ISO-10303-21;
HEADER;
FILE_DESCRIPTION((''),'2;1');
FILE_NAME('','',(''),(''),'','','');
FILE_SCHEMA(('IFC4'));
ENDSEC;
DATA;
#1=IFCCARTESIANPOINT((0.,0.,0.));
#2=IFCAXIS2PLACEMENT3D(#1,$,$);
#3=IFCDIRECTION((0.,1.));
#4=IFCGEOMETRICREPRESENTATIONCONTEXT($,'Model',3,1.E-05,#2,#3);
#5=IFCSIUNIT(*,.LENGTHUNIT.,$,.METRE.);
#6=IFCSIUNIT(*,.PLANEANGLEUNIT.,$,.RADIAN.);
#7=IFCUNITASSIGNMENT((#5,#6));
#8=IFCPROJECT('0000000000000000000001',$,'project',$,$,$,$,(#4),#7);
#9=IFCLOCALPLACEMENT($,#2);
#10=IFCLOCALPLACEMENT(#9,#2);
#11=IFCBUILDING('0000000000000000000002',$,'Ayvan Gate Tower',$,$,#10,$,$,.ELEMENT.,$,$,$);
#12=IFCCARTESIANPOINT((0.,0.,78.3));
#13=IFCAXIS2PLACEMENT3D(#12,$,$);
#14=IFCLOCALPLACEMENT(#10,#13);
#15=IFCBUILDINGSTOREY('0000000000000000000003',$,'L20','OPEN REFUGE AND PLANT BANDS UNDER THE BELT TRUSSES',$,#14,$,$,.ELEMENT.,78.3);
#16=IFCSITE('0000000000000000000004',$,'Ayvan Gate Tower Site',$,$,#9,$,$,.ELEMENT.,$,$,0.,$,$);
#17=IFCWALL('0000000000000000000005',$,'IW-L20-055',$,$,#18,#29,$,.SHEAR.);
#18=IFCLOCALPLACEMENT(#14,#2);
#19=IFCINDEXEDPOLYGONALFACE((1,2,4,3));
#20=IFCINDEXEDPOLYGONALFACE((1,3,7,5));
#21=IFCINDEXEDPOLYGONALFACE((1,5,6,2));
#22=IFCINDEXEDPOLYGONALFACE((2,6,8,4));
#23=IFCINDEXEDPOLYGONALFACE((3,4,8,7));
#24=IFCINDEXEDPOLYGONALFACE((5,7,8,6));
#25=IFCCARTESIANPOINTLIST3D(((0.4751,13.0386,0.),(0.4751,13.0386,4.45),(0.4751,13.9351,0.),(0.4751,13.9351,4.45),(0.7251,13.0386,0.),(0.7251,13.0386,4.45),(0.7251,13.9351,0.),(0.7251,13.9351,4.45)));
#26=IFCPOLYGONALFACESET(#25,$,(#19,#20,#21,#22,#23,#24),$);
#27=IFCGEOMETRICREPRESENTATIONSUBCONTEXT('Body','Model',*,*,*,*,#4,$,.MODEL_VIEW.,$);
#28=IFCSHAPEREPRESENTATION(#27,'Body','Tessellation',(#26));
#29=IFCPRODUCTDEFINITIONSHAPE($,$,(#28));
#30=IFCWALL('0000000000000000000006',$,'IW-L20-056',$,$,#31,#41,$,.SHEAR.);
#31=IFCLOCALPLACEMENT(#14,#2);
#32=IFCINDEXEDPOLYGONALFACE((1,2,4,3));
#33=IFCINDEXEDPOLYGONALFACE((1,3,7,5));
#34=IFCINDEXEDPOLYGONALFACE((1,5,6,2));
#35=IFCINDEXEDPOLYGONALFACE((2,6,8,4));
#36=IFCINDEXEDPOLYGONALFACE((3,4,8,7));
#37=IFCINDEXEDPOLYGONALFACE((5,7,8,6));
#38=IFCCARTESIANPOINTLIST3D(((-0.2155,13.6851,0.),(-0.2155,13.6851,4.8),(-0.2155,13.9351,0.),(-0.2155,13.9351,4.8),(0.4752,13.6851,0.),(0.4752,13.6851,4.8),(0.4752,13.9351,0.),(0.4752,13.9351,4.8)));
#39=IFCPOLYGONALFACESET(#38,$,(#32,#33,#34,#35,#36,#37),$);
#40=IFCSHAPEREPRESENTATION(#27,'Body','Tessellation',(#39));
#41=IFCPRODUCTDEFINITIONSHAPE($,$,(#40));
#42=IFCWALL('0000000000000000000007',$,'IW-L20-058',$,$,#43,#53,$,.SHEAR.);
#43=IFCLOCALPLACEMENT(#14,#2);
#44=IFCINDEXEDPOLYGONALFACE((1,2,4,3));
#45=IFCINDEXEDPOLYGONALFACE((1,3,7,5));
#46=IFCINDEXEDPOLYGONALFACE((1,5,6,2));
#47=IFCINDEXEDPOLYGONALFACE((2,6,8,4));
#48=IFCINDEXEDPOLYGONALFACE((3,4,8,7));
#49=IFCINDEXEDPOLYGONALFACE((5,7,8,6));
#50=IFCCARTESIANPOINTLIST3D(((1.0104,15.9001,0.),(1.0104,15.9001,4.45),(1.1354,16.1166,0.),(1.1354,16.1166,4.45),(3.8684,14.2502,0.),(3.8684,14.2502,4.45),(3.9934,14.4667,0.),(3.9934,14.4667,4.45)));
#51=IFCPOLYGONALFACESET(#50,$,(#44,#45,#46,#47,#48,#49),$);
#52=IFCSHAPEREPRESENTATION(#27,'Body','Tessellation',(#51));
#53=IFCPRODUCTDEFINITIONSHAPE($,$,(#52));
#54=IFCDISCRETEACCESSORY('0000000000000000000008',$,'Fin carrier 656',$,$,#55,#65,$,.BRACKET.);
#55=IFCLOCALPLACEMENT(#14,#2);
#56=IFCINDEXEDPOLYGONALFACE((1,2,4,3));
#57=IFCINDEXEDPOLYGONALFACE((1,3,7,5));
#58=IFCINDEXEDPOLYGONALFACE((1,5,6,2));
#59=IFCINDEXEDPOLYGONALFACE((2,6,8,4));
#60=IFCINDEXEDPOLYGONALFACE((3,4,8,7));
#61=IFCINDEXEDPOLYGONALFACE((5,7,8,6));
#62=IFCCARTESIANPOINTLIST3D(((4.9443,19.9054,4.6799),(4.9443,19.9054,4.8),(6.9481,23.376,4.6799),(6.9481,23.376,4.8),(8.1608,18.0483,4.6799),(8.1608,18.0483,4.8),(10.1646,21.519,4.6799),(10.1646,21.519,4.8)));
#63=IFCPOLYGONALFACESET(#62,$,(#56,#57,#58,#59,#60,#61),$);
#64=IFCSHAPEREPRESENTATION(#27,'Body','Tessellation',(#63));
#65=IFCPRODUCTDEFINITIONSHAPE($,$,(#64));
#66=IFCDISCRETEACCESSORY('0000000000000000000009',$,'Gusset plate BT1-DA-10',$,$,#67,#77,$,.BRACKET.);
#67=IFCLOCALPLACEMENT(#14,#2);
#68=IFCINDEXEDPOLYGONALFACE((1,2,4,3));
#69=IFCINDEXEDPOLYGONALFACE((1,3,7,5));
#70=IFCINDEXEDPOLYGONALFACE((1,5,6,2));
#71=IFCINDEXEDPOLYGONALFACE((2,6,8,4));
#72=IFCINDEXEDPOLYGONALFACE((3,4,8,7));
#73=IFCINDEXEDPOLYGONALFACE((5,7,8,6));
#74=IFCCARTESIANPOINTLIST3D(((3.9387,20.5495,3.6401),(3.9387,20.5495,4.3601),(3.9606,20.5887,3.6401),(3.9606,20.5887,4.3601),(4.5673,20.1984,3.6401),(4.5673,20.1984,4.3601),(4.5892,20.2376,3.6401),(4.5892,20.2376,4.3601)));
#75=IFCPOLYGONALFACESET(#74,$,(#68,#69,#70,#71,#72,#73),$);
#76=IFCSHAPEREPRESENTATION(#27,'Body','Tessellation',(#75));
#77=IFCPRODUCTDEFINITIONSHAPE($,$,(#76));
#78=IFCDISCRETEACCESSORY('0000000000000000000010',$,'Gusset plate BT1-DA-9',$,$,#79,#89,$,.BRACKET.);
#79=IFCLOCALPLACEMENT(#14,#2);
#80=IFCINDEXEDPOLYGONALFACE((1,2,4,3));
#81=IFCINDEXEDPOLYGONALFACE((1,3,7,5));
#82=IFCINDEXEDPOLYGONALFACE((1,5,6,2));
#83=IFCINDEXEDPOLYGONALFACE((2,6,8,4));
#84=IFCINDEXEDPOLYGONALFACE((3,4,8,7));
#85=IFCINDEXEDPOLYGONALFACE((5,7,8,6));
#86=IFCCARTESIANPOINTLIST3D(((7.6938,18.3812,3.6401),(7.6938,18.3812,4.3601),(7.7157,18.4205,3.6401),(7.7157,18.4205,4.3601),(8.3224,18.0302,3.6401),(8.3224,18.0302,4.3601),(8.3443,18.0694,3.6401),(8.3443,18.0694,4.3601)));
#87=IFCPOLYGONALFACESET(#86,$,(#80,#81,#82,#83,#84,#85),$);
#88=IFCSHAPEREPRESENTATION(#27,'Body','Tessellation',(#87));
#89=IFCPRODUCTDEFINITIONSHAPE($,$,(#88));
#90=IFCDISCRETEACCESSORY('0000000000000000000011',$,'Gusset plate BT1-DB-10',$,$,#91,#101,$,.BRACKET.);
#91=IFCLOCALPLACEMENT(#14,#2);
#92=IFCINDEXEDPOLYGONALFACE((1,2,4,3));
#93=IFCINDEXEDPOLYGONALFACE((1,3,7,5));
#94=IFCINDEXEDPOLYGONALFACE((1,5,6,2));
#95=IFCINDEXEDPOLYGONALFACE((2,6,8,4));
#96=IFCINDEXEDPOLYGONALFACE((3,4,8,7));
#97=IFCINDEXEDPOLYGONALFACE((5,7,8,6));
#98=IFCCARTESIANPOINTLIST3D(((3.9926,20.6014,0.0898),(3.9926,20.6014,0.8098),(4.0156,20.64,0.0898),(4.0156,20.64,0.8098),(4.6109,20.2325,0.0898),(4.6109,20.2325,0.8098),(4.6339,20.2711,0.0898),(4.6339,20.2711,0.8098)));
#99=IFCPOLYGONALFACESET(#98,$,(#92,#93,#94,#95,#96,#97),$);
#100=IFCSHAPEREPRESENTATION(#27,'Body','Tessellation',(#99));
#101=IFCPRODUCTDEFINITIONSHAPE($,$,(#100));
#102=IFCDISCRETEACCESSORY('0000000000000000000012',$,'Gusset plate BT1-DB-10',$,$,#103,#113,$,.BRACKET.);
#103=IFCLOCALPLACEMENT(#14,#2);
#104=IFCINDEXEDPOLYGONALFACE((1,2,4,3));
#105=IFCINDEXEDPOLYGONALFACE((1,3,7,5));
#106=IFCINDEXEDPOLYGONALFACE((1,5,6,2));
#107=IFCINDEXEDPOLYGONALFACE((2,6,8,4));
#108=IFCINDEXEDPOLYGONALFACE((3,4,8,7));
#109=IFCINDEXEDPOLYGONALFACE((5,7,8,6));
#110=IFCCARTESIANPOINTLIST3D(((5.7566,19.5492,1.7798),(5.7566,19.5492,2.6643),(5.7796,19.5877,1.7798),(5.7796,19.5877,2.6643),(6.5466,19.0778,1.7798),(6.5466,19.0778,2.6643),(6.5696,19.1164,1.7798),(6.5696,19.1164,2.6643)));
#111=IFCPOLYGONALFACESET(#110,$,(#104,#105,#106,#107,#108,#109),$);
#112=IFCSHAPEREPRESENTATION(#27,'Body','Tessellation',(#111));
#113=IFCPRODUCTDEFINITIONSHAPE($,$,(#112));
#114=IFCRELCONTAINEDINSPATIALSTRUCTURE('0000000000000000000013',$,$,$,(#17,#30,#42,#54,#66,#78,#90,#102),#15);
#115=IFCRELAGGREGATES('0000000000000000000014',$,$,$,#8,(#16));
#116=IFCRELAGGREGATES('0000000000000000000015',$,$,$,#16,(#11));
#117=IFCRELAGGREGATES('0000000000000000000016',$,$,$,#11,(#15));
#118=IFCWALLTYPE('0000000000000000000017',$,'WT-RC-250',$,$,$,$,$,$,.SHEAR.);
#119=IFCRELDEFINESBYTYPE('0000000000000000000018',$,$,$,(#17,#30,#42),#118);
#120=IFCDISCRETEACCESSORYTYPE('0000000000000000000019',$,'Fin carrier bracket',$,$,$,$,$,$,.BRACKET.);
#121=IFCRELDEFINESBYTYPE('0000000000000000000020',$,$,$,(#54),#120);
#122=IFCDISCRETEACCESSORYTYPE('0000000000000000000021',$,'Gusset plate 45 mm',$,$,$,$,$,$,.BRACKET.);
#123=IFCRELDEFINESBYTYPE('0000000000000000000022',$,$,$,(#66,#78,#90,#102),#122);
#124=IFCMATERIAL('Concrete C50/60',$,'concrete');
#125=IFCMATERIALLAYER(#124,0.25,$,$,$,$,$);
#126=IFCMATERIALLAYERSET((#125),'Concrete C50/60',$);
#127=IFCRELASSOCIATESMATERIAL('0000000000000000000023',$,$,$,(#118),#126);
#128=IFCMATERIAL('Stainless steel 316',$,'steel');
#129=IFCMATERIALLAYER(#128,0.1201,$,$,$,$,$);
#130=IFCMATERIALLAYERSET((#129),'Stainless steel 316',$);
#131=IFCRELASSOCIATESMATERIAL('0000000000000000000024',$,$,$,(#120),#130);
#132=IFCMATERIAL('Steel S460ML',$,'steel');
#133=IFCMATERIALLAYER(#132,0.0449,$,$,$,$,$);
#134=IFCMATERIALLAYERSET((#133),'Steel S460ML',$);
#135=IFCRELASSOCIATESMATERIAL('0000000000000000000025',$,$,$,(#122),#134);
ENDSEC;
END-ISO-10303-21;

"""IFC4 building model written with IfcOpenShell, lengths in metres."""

from ifc_helpers import new_model, si_unit, direction, frame, frame_2d, origin, origin_2d, place, context, subcontext, project, spatial, rectangle, extrude, material, layer, layer_set, type_object, element, save


model = new_model("IFC4")

# Units and contexts
model_context = context("Model", 3, precision=1e-05, world=origin(), true_north=direction((0.0, 1.0)))
body_context = subcontext(model_context, "Body", "Model", "MODEL_VIEW")
ifc_project = project(units=[si_unit("LENGTHUNIT", "METRE"), si_unit("PLANEANGLEUNIT", "RADIAN")], contexts=[model_context])

# Site, building, storey
site_placement = place(None, origin())
site = spatial("IfcSite", under=ifc_project, at=site_placement, Name="Ayvan Gate Tower Site", CompositionType="ELEMENT", RefElevation=0.0)
building_placement = place(site_placement, origin())
building = spatial("IfcBuilding", under=site, at=building_placement, Name="Ayvan Gate Tower", CompositionType="ELEMENT")
storey_placement = place(building_placement, frame((0.0, 0.0, 78.3)))
storey = spatial("IfcBuildingStorey", under=building, at=storey_placement, Name="L20", Description="OPEN REFUGE AND PLANT BANDS UNDER THE BELT TRUSSES", CompositionType="ELEMENT", Elevation=78.3)

# Shared definitions
ifc_material_1 = material(Name="Steel S460ML", Category="steel")

# Walls
ifc_material_2 = material(Name="Concrete C50/60", Category="concrete")
ifc_layer_1 = layer(ifc_material_2, 0.25)
ifc_layer_set_1 = layer_set([ifc_layer_1], Name="Concrete C50/60")
wall_type_1 = type_object("IfcWallType", Name="WT-RC-250", PredefinedType="SHEAR", material=ifc_layer_set_1)
wall_1_placement = place(storey_placement, frame((0.6001, 13.0386, 0.0), z_axis=(0.0, 0.0, 1.0), x_axis=(0.0, 1.0, 0.0)))
element("IfcWall", 1, at=wall_1_placement, inside=storey, type_object=wall_type_1, Name="IW-L20-055", PredefinedType="SHEAR", context=body_context, shape_type="SweptSolid", body=[
    extrude(rectangle(XDim=0.8965, YDim=0.25, at=frame_2d((0.4482, 0.0))), origin(), (0.0, 0.0, 1.0), 4.45),
])
wall_2_placement = place(storey_placement, frame((0.4751, 13.8101, 0.0), z_axis=(0.0, 0.0, 1.0), x_axis=(-1.0, 0.0, 0.0)))
element("IfcWall", 2, at=wall_2_placement, inside=storey, type_object=wall_type_1, Name="IW-L20-056", PredefinedType="SHEAR", context=body_context, shape_type="SweptSolid", body=[
    extrude(rectangle(XDim=0.6907, YDim=0.25, at=frame_2d((0.3452, 0.0))), origin(), (0.0, 0.0, 1.0), 4.8),
])
wall_3_placement = place(storey_placement, frame((1.073, 16.0083, 0.0), z_axis=(0.0, 0.0, 1.0), x_axis=(0.86604, -0.499974, 0.0)))
element("IfcWall", 3, at=wall_3_placement, inside=storey, type_object=wall_type_1, Name="IW-L20-058", PredefinedType="SHEAR", context=body_context, shape_type="SweptSolid", body=[
    extrude(rectangle(XDim=3.3, YDim=0.25, at=frame_2d((1.6499, 0.0))), origin(), (0.0, 0.0, 1.0), 4.45),
])

# Discrete accessories
ifc_material_3 = material(Name="Stainless steel 316", Category="steel")
ifc_layer_2 = layer(ifc_material_3, 0.1201)
ifc_layer_set_2 = layer_set([ifc_layer_2], Name="Stainless steel 316")
discrete_accessory_type_1 = type_object("IfcDiscreteAccessoryType", Name="Fin carrier bracket", PredefinedType="BRACKET", material=ifc_layer_set_2)
discrete_accessory_1_placement = place(storey_placement, frame((7.5544, 20.7122, 4.6799), z_axis=(0.0, 0.0, 1.0), x_axis=(-0.866025, 0.5, 0.0)))
element("IfcDiscreteAccessory", 4, at=discrete_accessory_1_placement, inside=storey, type_object=discrete_accessory_type_1, Name="Fin carrier 656", PredefinedType="BRACKET", context=body_context, shape_type="SweptSolid", body=[
    extrude(rectangle(XDim=3.7141, YDim=4.0076, at=origin_2d()), origin(), (0.0, 0.0, 1.0), 0.1201),
])
ifc_layer_3 = layer(ifc_material_1, 0.0449)
ifc_layer_set_3 = layer_set([ifc_layer_3], Name="Steel S460ML")
discrete_accessory_type_2 = type_object("IfcDiscreteAccessoryType", Name="Gusset plate 45 mm", PredefinedType="BRACKET", material=ifc_layer_set_3)
for number, where, z_axis, x_axis, name in (
    (5, (4.2639, 20.3936, 3.6401), (0.0, 0.0, 1.0), (-0.87307, 0.487595, 0.0), "Gusset plate BT1-DA-10"),
    (6, (8.019, 18.2253, 3.6401), (0.0, 0.0, 1.0), (-0.873093, 0.487553, 0.0), "Gusset plate BT1-DA-9"),
    (7, (4.3132, 20.4363, 0.0898), (0.0, 0.0, 1.0), (-0.858756, 0.512385, 0.0), "Gusset plate BT1-DB-10"),
):
    element("IfcDiscreteAccessory", number, at=place(storey_placement, frame(where, z_axis=z_axis, x_axis=x_axis)), inside=storey, type_object=discrete_accessory_type_2, Name=name, PredefinedType="BRACKET", context=body_context, shape_type="SweptSolid", body=[
        extrude(rectangle(XDim=0.72, YDim=0.0449, at=origin_2d()), origin(), (0.0, 0.0, 1.0), 0.72),
    ])
discrete_accessory_2_placement = place(storey_placement, frame((6.1631, 19.3328, 1.7798), z_axis=(0.0, 0.0, 1.0), x_axis=(-0.858756, 0.512385, 0.0)))
element("IfcDiscreteAccessory", 8, at=discrete_accessory_2_placement, inside=storey, type_object=discrete_accessory_type_2, Name="Gusset plate BT1-DB-10", PredefinedType="BRACKET", context=body_context, shape_type="SweptSolid", body=[
    extrude(rectangle(XDim=0.9199, YDim=0.0449, at=origin_2d()), origin(), (0.0, 0.0, 1.0), 0.8845),
])

save(model, "model.ifc")
